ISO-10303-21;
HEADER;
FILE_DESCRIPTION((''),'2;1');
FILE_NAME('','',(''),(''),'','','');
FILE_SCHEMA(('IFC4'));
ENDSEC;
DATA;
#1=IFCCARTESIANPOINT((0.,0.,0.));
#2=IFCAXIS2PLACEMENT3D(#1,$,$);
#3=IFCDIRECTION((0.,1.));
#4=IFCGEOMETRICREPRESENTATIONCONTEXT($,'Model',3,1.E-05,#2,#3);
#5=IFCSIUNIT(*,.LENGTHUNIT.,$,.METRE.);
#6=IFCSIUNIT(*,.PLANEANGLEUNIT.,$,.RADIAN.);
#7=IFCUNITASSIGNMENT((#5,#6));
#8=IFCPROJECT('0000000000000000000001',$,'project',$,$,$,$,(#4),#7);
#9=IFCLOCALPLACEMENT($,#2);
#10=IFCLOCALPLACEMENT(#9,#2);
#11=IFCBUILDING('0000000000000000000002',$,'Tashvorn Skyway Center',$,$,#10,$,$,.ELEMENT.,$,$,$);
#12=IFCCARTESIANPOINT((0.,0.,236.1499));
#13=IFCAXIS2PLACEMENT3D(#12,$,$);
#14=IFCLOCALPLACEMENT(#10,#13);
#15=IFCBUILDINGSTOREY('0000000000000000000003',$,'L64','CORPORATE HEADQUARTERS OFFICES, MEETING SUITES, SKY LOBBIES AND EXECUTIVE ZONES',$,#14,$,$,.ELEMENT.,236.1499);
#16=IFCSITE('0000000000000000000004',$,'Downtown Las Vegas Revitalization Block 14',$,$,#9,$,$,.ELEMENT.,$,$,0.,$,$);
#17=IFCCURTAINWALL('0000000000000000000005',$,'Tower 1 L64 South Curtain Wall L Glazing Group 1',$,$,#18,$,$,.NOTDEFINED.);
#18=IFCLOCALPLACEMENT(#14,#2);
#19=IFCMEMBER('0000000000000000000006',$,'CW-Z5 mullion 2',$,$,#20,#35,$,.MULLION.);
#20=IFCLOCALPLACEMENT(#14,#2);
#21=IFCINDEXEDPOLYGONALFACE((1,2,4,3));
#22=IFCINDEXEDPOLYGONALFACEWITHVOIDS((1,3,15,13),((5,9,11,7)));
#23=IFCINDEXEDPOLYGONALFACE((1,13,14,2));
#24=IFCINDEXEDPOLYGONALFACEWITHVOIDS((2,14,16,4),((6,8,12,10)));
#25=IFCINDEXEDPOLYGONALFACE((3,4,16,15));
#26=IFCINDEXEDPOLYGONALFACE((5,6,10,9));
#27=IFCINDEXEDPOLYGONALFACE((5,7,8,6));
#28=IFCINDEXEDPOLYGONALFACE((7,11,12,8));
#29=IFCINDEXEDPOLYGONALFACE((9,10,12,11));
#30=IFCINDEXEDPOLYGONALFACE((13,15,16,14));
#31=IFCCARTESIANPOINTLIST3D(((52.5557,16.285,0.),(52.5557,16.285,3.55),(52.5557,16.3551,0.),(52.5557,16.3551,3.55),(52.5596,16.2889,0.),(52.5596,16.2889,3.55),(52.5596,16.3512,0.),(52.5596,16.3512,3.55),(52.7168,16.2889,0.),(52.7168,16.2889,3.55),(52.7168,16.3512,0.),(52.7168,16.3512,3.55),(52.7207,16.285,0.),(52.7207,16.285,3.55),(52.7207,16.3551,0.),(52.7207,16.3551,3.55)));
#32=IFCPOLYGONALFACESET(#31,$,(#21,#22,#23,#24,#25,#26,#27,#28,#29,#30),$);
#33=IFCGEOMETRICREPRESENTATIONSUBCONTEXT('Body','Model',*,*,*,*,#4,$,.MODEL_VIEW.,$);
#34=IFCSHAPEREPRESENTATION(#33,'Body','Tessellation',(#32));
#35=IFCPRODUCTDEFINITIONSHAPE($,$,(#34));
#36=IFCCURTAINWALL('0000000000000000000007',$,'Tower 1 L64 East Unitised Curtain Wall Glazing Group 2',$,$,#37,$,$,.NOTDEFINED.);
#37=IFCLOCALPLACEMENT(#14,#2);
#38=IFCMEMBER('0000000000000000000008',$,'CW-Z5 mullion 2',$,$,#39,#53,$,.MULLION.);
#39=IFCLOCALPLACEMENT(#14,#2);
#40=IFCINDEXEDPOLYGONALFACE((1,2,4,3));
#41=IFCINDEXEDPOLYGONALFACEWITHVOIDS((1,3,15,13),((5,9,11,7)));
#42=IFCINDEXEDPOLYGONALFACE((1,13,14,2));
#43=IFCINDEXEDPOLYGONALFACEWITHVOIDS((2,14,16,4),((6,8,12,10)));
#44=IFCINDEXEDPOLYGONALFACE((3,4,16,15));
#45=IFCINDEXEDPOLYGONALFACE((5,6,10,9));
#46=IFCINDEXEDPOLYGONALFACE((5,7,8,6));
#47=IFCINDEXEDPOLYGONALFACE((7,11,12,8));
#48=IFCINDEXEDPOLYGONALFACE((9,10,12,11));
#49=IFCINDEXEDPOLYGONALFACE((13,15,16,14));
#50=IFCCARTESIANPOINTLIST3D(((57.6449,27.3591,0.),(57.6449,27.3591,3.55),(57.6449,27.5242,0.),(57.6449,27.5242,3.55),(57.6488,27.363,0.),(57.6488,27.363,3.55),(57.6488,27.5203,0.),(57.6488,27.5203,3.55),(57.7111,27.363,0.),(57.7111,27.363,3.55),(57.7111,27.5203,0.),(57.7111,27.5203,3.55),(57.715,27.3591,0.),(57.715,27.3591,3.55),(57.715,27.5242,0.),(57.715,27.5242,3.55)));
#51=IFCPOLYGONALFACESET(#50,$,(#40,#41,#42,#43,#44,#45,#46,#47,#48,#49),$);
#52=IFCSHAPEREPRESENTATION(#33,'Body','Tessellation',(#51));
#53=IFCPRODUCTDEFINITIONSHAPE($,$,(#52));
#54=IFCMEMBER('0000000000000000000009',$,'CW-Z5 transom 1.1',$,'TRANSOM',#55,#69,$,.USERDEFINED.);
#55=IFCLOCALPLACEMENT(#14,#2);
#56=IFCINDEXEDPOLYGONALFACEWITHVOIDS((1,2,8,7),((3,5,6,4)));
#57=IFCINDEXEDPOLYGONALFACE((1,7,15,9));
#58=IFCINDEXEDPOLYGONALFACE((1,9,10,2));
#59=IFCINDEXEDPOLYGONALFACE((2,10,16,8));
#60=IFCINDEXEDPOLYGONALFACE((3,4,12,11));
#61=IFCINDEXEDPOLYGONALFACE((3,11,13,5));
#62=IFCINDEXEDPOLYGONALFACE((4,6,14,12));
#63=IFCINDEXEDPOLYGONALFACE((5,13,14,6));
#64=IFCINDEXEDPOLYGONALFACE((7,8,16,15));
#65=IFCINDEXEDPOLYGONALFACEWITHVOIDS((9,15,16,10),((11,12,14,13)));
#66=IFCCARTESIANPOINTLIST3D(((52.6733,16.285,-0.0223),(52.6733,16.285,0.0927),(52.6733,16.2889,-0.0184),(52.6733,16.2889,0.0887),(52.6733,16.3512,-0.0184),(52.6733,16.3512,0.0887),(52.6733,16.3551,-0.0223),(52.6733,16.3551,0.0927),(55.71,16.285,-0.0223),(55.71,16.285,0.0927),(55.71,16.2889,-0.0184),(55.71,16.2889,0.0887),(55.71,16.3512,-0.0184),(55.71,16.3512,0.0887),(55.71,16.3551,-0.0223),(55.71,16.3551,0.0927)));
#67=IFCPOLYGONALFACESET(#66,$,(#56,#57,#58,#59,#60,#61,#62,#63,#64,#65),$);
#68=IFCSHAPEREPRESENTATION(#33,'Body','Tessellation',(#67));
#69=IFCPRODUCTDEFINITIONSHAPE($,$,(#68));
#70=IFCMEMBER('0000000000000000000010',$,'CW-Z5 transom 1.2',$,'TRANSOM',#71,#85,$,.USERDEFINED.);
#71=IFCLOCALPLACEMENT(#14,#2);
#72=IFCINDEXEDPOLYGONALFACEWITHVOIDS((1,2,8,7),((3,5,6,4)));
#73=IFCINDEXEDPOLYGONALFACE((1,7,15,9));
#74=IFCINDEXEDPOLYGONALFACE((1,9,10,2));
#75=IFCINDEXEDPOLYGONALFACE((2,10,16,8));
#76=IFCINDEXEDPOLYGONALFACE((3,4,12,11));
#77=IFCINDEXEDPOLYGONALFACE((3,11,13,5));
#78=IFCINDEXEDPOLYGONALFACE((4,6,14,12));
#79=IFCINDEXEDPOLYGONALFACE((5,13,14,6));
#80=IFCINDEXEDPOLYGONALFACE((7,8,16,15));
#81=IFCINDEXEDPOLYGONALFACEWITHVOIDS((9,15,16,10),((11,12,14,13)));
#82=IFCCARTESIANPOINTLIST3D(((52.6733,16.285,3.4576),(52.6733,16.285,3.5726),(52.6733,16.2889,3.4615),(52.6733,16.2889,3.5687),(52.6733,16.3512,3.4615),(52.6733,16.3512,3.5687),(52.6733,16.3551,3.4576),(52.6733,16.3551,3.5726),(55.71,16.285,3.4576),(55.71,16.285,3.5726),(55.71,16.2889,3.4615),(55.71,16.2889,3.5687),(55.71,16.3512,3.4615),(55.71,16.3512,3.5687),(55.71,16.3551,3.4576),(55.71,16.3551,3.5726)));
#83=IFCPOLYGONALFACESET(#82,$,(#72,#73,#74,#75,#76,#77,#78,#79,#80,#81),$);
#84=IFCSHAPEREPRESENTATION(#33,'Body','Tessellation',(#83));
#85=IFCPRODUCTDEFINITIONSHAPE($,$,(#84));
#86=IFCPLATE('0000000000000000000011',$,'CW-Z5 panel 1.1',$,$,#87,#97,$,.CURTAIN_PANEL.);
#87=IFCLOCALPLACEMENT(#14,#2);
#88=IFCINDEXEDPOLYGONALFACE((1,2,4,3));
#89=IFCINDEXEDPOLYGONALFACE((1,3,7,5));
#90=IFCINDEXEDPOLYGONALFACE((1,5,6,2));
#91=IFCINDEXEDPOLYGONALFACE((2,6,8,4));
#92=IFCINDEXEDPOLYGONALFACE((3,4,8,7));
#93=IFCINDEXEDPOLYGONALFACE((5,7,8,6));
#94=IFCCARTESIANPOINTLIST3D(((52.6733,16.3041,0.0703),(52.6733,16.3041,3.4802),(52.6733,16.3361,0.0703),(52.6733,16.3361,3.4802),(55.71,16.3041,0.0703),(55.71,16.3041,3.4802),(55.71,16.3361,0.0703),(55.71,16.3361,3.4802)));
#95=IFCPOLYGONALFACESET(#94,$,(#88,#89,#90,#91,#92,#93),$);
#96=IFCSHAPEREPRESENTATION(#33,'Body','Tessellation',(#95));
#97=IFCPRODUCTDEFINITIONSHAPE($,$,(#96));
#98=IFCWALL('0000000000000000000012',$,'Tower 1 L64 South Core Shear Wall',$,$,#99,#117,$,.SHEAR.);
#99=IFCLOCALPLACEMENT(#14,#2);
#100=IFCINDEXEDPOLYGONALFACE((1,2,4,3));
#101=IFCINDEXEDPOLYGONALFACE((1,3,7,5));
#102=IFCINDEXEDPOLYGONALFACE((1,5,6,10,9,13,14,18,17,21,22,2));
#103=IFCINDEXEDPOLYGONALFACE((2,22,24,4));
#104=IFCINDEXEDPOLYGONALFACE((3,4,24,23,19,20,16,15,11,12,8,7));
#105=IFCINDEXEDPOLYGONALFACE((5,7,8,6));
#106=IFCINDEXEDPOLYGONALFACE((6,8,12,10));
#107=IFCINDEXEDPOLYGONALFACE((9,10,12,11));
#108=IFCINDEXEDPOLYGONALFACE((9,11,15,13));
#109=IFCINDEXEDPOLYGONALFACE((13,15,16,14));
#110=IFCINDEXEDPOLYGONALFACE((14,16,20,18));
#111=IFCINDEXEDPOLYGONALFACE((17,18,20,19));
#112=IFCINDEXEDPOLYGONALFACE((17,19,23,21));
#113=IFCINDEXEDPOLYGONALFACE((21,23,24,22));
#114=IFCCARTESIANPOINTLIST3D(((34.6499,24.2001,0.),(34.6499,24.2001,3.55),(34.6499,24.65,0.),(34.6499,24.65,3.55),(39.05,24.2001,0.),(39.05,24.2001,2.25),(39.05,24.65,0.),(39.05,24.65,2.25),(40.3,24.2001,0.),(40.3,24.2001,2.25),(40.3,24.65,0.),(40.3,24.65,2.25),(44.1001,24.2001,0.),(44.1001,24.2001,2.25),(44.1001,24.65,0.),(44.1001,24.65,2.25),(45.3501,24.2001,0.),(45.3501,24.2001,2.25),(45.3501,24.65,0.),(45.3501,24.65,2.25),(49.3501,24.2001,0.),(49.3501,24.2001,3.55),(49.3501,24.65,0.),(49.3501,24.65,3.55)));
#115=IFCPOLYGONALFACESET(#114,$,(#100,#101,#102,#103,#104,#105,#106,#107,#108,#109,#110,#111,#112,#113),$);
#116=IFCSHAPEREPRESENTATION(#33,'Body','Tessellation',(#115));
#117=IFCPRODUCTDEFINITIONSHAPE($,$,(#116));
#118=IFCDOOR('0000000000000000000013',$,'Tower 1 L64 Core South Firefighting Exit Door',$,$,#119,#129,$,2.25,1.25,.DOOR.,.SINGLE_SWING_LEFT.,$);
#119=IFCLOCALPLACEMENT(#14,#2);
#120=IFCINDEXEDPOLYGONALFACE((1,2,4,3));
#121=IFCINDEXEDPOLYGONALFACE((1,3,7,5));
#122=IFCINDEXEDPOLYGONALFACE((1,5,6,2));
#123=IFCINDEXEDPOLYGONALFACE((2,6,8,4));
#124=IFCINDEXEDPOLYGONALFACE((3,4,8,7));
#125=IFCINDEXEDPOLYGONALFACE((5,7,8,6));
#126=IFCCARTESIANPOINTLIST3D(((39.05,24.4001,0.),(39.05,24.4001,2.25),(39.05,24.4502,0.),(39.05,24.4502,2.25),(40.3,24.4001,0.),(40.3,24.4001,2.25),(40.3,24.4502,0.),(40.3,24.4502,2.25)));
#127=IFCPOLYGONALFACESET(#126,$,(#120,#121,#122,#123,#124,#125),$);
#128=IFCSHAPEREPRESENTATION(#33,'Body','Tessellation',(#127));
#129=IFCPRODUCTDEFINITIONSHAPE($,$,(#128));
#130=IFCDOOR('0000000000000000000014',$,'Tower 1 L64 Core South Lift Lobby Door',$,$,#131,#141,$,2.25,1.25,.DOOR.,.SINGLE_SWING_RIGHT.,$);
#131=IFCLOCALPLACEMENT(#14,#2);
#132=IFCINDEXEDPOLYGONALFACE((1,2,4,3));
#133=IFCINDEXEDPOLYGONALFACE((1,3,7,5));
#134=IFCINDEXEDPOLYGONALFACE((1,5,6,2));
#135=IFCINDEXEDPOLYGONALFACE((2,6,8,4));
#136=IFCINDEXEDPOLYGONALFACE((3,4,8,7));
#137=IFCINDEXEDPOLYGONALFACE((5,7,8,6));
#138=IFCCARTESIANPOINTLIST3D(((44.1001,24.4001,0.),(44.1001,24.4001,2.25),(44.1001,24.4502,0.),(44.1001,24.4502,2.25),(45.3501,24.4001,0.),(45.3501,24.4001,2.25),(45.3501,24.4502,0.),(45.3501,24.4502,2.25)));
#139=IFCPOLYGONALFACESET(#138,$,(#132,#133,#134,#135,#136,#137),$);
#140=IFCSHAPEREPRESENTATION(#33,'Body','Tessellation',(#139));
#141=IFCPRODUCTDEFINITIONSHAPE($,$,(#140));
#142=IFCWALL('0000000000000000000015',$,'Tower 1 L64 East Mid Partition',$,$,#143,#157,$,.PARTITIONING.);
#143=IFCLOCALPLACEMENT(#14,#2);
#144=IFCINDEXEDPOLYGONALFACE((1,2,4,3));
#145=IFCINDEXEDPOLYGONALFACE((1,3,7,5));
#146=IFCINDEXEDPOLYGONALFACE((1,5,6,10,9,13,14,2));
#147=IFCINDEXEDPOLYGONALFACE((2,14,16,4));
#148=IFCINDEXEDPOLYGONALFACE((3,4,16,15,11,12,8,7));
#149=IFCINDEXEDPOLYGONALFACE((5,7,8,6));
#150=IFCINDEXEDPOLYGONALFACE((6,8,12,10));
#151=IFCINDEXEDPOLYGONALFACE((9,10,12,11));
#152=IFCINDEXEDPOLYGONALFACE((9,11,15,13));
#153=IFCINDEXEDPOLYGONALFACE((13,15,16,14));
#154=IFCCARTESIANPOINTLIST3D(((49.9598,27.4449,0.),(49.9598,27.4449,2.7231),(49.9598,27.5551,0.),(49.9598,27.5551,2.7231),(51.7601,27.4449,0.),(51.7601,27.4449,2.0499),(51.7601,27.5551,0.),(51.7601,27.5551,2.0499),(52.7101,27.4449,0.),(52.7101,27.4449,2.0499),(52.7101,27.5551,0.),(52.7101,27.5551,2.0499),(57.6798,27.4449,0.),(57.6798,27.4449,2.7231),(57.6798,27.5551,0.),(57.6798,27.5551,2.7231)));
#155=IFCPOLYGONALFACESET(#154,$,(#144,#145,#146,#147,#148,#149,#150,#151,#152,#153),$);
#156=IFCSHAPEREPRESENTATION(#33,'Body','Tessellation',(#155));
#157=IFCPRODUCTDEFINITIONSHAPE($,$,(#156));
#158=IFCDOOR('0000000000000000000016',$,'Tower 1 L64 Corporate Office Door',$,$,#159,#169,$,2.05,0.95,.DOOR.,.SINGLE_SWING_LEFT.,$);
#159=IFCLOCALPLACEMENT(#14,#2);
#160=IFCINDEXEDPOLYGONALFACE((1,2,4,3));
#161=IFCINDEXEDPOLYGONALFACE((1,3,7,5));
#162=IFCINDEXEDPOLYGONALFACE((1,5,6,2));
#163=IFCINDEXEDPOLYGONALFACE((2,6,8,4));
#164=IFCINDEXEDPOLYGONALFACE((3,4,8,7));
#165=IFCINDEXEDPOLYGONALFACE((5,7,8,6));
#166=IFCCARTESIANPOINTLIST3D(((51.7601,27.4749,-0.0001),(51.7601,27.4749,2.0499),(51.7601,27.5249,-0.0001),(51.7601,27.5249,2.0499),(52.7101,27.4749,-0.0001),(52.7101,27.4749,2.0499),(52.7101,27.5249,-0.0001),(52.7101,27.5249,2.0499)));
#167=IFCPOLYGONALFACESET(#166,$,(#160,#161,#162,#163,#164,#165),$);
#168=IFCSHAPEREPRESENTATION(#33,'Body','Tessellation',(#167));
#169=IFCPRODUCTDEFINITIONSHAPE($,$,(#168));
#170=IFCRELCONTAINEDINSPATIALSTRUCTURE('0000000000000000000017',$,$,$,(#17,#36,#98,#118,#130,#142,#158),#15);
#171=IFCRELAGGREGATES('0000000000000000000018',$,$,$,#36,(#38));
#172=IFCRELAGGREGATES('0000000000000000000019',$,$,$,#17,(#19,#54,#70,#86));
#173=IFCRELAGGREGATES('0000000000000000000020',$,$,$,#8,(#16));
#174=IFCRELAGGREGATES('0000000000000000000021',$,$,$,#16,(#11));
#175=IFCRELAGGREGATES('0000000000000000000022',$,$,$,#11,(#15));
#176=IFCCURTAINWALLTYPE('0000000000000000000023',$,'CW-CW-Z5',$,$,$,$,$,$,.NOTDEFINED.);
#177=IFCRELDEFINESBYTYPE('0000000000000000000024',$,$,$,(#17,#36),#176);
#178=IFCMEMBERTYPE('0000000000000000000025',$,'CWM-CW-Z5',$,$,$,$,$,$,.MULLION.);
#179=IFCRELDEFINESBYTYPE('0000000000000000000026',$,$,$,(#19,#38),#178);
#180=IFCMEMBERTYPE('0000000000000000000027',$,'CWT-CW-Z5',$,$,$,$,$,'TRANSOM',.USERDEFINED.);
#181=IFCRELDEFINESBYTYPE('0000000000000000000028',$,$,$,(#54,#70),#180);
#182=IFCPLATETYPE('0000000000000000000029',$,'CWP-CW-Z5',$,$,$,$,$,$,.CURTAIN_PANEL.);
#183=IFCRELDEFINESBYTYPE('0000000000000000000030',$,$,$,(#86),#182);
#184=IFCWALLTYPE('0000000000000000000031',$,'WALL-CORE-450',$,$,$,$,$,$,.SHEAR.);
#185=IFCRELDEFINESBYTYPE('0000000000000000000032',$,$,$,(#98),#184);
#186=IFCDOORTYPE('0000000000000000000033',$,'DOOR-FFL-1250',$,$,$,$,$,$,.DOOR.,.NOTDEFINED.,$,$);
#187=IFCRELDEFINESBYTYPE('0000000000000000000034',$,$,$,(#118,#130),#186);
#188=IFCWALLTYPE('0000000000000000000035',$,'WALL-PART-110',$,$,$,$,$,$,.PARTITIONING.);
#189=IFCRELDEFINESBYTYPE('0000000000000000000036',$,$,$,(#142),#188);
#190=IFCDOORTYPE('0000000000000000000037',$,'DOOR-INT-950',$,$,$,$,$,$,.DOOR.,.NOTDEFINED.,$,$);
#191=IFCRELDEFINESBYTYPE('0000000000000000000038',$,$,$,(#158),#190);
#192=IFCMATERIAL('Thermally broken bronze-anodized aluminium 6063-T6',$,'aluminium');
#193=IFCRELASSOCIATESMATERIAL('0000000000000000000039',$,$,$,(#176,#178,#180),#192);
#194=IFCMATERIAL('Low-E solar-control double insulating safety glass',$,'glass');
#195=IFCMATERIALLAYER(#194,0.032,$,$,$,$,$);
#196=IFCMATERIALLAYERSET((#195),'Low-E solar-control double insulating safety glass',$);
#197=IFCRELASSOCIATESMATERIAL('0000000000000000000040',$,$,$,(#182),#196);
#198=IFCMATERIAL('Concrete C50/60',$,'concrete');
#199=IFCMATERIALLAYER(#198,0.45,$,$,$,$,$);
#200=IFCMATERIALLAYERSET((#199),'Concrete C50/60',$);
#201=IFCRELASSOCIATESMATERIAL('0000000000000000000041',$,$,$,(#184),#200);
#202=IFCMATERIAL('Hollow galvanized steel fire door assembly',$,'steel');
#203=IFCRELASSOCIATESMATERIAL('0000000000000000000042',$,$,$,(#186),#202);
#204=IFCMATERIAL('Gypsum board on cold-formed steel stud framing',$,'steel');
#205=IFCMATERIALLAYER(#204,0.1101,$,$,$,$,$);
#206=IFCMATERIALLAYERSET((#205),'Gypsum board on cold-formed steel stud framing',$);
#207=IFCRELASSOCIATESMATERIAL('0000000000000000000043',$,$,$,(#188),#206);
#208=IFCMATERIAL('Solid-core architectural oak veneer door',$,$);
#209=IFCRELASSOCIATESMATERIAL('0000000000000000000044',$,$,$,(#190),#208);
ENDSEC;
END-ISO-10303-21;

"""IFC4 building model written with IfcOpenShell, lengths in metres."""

from ifc_helpers import new_model, si_unit, direction, frame, frame_2d, origin, origin_2d, place, context, subcontext, project, spatial, rectangle, hollow_rectangle, extrude, material, layer, layer_set, material_profile, profile_set, type_object, element, fill, aggregate, save


model = new_model("IFC4")

# Units and contexts
model_context = context("Model", 3, precision=1e-05, world=origin(), true_north=direction((0.0, 1.0)))
body_context = subcontext(model_context, "Body", "Model", "MODEL_VIEW")
ifc_project = project(units=[si_unit("LENGTHUNIT", "METRE"), si_unit("PLANEANGLEUNIT", "RADIAN")], contexts=[model_context])

# Site, building, storey
site_placement = place(None, origin())
site = spatial("IfcSite", under=ifc_project, at=site_placement, Name="Downtown Las Vegas Revitalization Block 14", CompositionType="ELEMENT", RefElevation=0.0)
building_placement = place(site_placement, origin())
building = spatial("IfcBuilding", under=site, at=building_placement, Name="Tashvorn Skyway Center", CompositionType="ELEMENT")
storey_placement = place(building_placement, frame((0.0, 0.0, 236.1499)))
storey = spatial("IfcBuildingStorey", under=building, at=storey_placement, Name="L64", Description="CORPORATE HEADQUARTERS OFFICES, MEETING SUITES, SKY LOBBIES AND EXECUTIVE ZONES", CompositionType="ELEMENT", Elevation=236.1499)

# Curtain wall, member
ifc_material_1 = material(Name="Thermally broken bronze-anodized aluminium 6063-T6", Category="aluminium")
curtain_wall_type = type_object("IfcCurtainWallType", Name="CW-CW-Z5", PredefinedType="NOTDEFINED", material=ifc_material_1)
curtain_wall_1_placement = place(storey_placement, origin())
curtain_wall_1 = element("IfcCurtainWall", 1, at=curtain_wall_1_placement, inside=storey, type_object=curtain_wall_type, Name="Tower 1 L64 South Curtain Wall L Glazing Group 1", PredefinedType="NOTDEFINED")
ifc_material_profile_1 = material_profile(ifc_material_1, hollow_rectangle(XDim=0.0701, YDim=0.165, WallThickness=0.0039, at=origin_2d()), Name="ALU-MULL-70x165")
ifc_profile_set_1 = profile_set([ifc_material_profile_1], Name="Thermally broken bronze-anodized aluminium 6063-T6")
member_type_1 = type_object("IfcMemberType", Name="CWM-CW-Z5", PredefinedType="MULLION", material=ifc_profile_set_1)
member_1_placement = place(storey_placement, frame((52.6382, 16.3201, 0.0), z_axis=(0.0, 0.0, 1.0), x_axis=(0.0, -1.0, 0.0)))
member_1 = element("IfcMember", 2, at=member_1_placement, type_object=member_type_1, Name="CW-Z5 mullion 2", PredefinedType="MULLION", context=body_context, shape_type="SweptSolid", body=[
    extrude(hollow_rectangle(XDim=0.0701, YDim=0.165, WallThickness=0.0039, at=origin_2d()), origin(), (0.0, 0.0, 1.0), 3.55),
])

# Curtain wall, member
curtain_wall_2_placement = place(storey_placement, origin())
curtain_wall_2 = element("IfcCurtainWall", 3, at=curtain_wall_2_placement, inside=storey, type_object=curtain_wall_type, Name="Tower 1 L64 East Unitised Curtain Wall Glazing Group 2", PredefinedType="NOTDEFINED")
member_2_placement = place(storey_placement, frame((57.6799, 27.4417, 0.0), z_axis=(0.0, 0.0, 1.0), x_axis=(1.0, 0.0, 0.0)))
member_2 = element("IfcMember", 4, at=member_2_placement, type_object=member_type_1, Name="CW-Z5 mullion 2", PredefinedType="MULLION", context=body_context, shape_type="SweptSolid", body=[
    extrude(hollow_rectangle(XDim=0.0701, YDim=0.165, WallThickness=0.0039, at=origin_2d()), origin(), (0.0, 0.0, 1.0), 3.55),
])
aggregate(curtain_wall_2, [member_2])

# Members
ifc_material_profile_2 = material_profile(ifc_material_1, hollow_rectangle(XDim=0.0701, YDim=0.115, WallThickness=0.0039, at=origin_2d()), Name="ALU-TRAN-70x115")
ifc_profile_set_2 = profile_set([ifc_material_profile_2], Name="Thermally broken bronze-anodized aluminium 6063-T6")
member_type_2 = type_object("IfcMemberType", Name="CWT-CW-Z5", ElementType="TRANSOM", PredefinedType="USERDEFINED", material=ifc_profile_set_2)
member_3_placement = place(storey_placement, frame((55.71, 16.3201, 0.0352), z_axis=(-1.0, 0.0, 0.0), x_axis=(0.0, -1.0, 0.0)))
member_3 = element("IfcMember", 5, at=member_3_placement, type_object=member_type_2, Name="CW-Z5 transom 1.1", ObjectType="TRANSOM", PredefinedType="USERDEFINED", context=body_context, shape_type="SweptSolid", body=[
    extrude(hollow_rectangle(XDim=0.0701, YDim=0.115, WallThickness=0.0039, at=origin_2d()), origin(), (0.0, 0.0, 1.0), 3.0366),
])
member_4_placement = place(storey_placement, frame((55.71, 16.3201, 3.5151), z_axis=(-1.0, 0.0, 0.0), x_axis=(0.0, -1.0, 0.0)))
member_4 = element("IfcMember", 6, at=member_4_placement, type_object=member_type_2, Name="CW-Z5 transom 1.2", ObjectType="TRANSOM", PredefinedType="USERDEFINED", context=body_context, shape_type="SweptSolid", body=[
    extrude(hollow_rectangle(XDim=0.0701, YDim=0.115, WallThickness=0.0039, at=origin_2d()), origin(), (0.0, 0.0, 1.0), 3.0366),
])

# Plate
ifc_material_2 = material(Name="Low-E solar-control double insulating safety glass", Category="glass")
ifc_layer_1 = layer(ifc_material_2, 0.032)
ifc_layer_set_1 = layer_set([ifc_layer_1], Name="Low-E solar-control double insulating safety glass")
plate_type = type_object("IfcPlateType", Name="CWP-CW-Z5", PredefinedType="CURTAIN_PANEL", material=ifc_layer_set_1)
plate_placement = place(storey_placement, frame((54.1917, 16.3201, 0.0703), z_axis=(0.0, 0.0, 1.0), x_axis=(-1.0, 0.0, 0.0)))
plate = element("IfcPlate", 7, at=plate_placement, type_object=plate_type, Name="CW-Z5 panel 1.1", PredefinedType="CURTAIN_PANEL", context=body_context, shape_type="SweptSolid", body=[
    extrude(rectangle(XDim=3.0366, YDim=0.032, at=origin_2d()), origin(), (0.0, 0.0, 1.0), 3.4099),
])
aggregate(curtain_wall_1, [member_1, member_3, member_4, plate])

# Wall, openings, doors
ifc_material_3 = material(Name="Concrete C50/60", Category="concrete")
ifc_layer_2 = layer(ifc_material_3, 0.45)
ifc_layer_set_2 = layer_set([ifc_layer_2], Name="Concrete C50/60")
wall_type_1 = type_object("IfcWallType", Name="WALL-CORE-450", PredefinedType="SHEAR", material=ifc_layer_set_2)
wall_1_placement = place(storey_placement, frame((49.3501, 24.425, 0.0), z_axis=(0.0, 0.0, 1.0), x_axis=(-1.0, 0.0, 0.0)))
wall_1 = element("IfcWall", 8, at=wall_1_placement, inside=storey, type_object=wall_type_1, Name="Tower 1 L64 South Core Shear Wall", PredefinedType="SHEAR", context=body_context, shape_type="SweptSolid", body=[
    extrude(rectangle(XDim=14.7002, YDim=0.45, at=frame_2d((7.3501, 0.0))), origin(), (0.0, 0.0, 1.0), 3.55),
])
opening_1_placement = place(wall_1_placement, frame((9.05, 0.0, 0.0)))
opening_1 = element("IfcOpeningElement", 9, at=opening_1_placement, cuts=wall_1, PredefinedType="OPENING", context=body_context, shape_type="SweptSolid", body=[
    extrude(rectangle(XDim=1.25, YDim=2.25, at=frame_2d((0.625, 1.125))), frame((0.0, 0.2349, 0.0), z_axis=(0.0, -1.0, 0.0), x_axis=(1.0, 0.0, 0.0)), (0.0, 0.0, 1.0), 0.47),
])
opening_2_placement = place(wall_1_placement, frame((4.0, 0.0, 0.0)))
opening_2 = element("IfcOpeningElement", 10, at=opening_2_placement, cuts=wall_1, PredefinedType="OPENING", context=body_context, shape_type="SweptSolid", body=[
    extrude(rectangle(XDim=1.25, YDim=2.25, at=frame_2d((0.625, 1.125))), frame((0.0, 0.2349, 0.0), z_axis=(0.0, -1.0, 0.0), x_axis=(1.0, 0.0, 0.0)), (0.0, 0.0, 1.0), 0.47),
])
ifc_material_4 = material(Name="Hollow galvanized steel fire door assembly", Category="steel")
door_type_1 = type_object("IfcDoorType", Name="DOOR-FFL-1250", OperationType="NOTDEFINED", PredefinedType="DOOR", material=ifc_material_4)
door_1_placement = place(opening_1_placement, origin())
door_1 = element("IfcDoor", 11, at=door_1_placement, inside=storey, type_object=door_type_1, Name="Tower 1 L64 Core South Firefighting Exit Door", OperationType="SINGLE_SWING_LEFT", OverallHeight=2.25, OverallWidth=1.25, PredefinedType="DOOR", context=body_context, shape_type="SweptSolid", body=[
    extrude(rectangle(XDim=1.25, YDim=2.25, at=frame_2d((0.625, 1.125))), frame((0.0, 0.0249, 0.0), z_axis=(0.0, -1.0, 0.0), x_axis=(1.0, 0.0, 0.0)), (0.0, 0.0, 1.0), 0.05),
])
fill(opening_1, door_1)
door_2_placement = place(opening_2_placement, origin())
door_2 = element("IfcDoor", 12, at=door_2_placement, inside=storey, type_object=door_type_1, Name="Tower 1 L64 Core South Lift Lobby Door", OperationType="SINGLE_SWING_RIGHT", OverallHeight=2.25, OverallWidth=1.25, PredefinedType="DOOR", context=body_context, shape_type="SweptSolid", body=[
    extrude(rectangle(XDim=1.25, YDim=2.25, at=frame_2d((0.625, 1.125))), frame((0.0, 0.0249, 0.0), z_axis=(0.0, -1.0, 0.0), x_axis=(1.0, 0.0, 0.0)), (0.0, 0.0, 1.0), 0.05),
])
fill(opening_2, door_2)

# Wall, opening, door
ifc_material_5 = material(Name="Gypsum board on cold-formed steel stud framing", Category="steel")
ifc_layer_3 = layer(ifc_material_5, 0.1101)
ifc_layer_set_3 = layer_set([ifc_layer_3], Name="Gypsum board on cold-formed steel stud framing")
wall_type_2 = type_object("IfcWallType", Name="WALL-PART-110", PredefinedType="PARTITIONING", material=ifc_layer_set_3)
wall_2_placement = place(storey_placement, frame((49.96, 27.5, 0.0), z_axis=(0.0, 0.0, 1.0), x_axis=(1.0, 0.0, 0.0)))
wall_2 = element("IfcWall", 13, at=wall_2_placement, inside=storey, type_object=wall_type_2, Name="Tower 1 L64 East Mid Partition", PredefinedType="PARTITIONING", context=body_context, shape_type="SweptSolid", body=[
    extrude(rectangle(XDim=7.72, YDim=0.1101, at=frame_2d((3.8599, 0.0))), origin(), (0.0, 0.0, 1.0), 2.7231),
])
opening_3_placement = place(wall_2_placement, frame((1.8, 0.0, 0.0)))
opening_3 = element("IfcOpeningElement", 14, at=opening_3_placement, cuts=wall_2, PredefinedType="OPENING", context=body_context, shape_type="SweptSolid", body=[
    extrude(rectangle(XDim=0.95, YDim=2.05, at=frame_2d((0.4751, 1.0249))), frame((0.0, 0.0649, 0.0), z_axis=(0.0, -1.0, 0.0), x_axis=(1.0, 0.0, 0.0)), (0.0, 0.0, 1.0), 0.1301),
])
ifc_material_6 = material(Name="Solid-core architectural oak veneer door")
door_type_2 = type_object("IfcDoorType", Name="DOOR-INT-950", OperationType="NOTDEFINED", PredefinedType="DOOR", material=ifc_material_6)
door_3_placement = place(opening_3_placement, origin())
door_3 = element("IfcDoor", 15, at=door_3_placement, inside=storey, type_object=door_type_2, Name="Tower 1 L64 Corporate Office Door", OperationType="SINGLE_SWING_LEFT", OverallHeight=2.05, OverallWidth=0.95, PredefinedType="DOOR", context=body_context, shape_type="SweptSolid", body=[
    extrude(rectangle(XDim=0.95, YDim=2.05, at=frame_2d((0.4751, 1.0249))), frame((0.0, 0.0249, 0.0), z_axis=(0.0, -1.0, 0.0), x_axis=(1.0, 0.0, 0.0)), (0.0, 0.0, 1.0), 0.05),
])
fill(opening_3, door_3)

save(model, "model.ifc")
